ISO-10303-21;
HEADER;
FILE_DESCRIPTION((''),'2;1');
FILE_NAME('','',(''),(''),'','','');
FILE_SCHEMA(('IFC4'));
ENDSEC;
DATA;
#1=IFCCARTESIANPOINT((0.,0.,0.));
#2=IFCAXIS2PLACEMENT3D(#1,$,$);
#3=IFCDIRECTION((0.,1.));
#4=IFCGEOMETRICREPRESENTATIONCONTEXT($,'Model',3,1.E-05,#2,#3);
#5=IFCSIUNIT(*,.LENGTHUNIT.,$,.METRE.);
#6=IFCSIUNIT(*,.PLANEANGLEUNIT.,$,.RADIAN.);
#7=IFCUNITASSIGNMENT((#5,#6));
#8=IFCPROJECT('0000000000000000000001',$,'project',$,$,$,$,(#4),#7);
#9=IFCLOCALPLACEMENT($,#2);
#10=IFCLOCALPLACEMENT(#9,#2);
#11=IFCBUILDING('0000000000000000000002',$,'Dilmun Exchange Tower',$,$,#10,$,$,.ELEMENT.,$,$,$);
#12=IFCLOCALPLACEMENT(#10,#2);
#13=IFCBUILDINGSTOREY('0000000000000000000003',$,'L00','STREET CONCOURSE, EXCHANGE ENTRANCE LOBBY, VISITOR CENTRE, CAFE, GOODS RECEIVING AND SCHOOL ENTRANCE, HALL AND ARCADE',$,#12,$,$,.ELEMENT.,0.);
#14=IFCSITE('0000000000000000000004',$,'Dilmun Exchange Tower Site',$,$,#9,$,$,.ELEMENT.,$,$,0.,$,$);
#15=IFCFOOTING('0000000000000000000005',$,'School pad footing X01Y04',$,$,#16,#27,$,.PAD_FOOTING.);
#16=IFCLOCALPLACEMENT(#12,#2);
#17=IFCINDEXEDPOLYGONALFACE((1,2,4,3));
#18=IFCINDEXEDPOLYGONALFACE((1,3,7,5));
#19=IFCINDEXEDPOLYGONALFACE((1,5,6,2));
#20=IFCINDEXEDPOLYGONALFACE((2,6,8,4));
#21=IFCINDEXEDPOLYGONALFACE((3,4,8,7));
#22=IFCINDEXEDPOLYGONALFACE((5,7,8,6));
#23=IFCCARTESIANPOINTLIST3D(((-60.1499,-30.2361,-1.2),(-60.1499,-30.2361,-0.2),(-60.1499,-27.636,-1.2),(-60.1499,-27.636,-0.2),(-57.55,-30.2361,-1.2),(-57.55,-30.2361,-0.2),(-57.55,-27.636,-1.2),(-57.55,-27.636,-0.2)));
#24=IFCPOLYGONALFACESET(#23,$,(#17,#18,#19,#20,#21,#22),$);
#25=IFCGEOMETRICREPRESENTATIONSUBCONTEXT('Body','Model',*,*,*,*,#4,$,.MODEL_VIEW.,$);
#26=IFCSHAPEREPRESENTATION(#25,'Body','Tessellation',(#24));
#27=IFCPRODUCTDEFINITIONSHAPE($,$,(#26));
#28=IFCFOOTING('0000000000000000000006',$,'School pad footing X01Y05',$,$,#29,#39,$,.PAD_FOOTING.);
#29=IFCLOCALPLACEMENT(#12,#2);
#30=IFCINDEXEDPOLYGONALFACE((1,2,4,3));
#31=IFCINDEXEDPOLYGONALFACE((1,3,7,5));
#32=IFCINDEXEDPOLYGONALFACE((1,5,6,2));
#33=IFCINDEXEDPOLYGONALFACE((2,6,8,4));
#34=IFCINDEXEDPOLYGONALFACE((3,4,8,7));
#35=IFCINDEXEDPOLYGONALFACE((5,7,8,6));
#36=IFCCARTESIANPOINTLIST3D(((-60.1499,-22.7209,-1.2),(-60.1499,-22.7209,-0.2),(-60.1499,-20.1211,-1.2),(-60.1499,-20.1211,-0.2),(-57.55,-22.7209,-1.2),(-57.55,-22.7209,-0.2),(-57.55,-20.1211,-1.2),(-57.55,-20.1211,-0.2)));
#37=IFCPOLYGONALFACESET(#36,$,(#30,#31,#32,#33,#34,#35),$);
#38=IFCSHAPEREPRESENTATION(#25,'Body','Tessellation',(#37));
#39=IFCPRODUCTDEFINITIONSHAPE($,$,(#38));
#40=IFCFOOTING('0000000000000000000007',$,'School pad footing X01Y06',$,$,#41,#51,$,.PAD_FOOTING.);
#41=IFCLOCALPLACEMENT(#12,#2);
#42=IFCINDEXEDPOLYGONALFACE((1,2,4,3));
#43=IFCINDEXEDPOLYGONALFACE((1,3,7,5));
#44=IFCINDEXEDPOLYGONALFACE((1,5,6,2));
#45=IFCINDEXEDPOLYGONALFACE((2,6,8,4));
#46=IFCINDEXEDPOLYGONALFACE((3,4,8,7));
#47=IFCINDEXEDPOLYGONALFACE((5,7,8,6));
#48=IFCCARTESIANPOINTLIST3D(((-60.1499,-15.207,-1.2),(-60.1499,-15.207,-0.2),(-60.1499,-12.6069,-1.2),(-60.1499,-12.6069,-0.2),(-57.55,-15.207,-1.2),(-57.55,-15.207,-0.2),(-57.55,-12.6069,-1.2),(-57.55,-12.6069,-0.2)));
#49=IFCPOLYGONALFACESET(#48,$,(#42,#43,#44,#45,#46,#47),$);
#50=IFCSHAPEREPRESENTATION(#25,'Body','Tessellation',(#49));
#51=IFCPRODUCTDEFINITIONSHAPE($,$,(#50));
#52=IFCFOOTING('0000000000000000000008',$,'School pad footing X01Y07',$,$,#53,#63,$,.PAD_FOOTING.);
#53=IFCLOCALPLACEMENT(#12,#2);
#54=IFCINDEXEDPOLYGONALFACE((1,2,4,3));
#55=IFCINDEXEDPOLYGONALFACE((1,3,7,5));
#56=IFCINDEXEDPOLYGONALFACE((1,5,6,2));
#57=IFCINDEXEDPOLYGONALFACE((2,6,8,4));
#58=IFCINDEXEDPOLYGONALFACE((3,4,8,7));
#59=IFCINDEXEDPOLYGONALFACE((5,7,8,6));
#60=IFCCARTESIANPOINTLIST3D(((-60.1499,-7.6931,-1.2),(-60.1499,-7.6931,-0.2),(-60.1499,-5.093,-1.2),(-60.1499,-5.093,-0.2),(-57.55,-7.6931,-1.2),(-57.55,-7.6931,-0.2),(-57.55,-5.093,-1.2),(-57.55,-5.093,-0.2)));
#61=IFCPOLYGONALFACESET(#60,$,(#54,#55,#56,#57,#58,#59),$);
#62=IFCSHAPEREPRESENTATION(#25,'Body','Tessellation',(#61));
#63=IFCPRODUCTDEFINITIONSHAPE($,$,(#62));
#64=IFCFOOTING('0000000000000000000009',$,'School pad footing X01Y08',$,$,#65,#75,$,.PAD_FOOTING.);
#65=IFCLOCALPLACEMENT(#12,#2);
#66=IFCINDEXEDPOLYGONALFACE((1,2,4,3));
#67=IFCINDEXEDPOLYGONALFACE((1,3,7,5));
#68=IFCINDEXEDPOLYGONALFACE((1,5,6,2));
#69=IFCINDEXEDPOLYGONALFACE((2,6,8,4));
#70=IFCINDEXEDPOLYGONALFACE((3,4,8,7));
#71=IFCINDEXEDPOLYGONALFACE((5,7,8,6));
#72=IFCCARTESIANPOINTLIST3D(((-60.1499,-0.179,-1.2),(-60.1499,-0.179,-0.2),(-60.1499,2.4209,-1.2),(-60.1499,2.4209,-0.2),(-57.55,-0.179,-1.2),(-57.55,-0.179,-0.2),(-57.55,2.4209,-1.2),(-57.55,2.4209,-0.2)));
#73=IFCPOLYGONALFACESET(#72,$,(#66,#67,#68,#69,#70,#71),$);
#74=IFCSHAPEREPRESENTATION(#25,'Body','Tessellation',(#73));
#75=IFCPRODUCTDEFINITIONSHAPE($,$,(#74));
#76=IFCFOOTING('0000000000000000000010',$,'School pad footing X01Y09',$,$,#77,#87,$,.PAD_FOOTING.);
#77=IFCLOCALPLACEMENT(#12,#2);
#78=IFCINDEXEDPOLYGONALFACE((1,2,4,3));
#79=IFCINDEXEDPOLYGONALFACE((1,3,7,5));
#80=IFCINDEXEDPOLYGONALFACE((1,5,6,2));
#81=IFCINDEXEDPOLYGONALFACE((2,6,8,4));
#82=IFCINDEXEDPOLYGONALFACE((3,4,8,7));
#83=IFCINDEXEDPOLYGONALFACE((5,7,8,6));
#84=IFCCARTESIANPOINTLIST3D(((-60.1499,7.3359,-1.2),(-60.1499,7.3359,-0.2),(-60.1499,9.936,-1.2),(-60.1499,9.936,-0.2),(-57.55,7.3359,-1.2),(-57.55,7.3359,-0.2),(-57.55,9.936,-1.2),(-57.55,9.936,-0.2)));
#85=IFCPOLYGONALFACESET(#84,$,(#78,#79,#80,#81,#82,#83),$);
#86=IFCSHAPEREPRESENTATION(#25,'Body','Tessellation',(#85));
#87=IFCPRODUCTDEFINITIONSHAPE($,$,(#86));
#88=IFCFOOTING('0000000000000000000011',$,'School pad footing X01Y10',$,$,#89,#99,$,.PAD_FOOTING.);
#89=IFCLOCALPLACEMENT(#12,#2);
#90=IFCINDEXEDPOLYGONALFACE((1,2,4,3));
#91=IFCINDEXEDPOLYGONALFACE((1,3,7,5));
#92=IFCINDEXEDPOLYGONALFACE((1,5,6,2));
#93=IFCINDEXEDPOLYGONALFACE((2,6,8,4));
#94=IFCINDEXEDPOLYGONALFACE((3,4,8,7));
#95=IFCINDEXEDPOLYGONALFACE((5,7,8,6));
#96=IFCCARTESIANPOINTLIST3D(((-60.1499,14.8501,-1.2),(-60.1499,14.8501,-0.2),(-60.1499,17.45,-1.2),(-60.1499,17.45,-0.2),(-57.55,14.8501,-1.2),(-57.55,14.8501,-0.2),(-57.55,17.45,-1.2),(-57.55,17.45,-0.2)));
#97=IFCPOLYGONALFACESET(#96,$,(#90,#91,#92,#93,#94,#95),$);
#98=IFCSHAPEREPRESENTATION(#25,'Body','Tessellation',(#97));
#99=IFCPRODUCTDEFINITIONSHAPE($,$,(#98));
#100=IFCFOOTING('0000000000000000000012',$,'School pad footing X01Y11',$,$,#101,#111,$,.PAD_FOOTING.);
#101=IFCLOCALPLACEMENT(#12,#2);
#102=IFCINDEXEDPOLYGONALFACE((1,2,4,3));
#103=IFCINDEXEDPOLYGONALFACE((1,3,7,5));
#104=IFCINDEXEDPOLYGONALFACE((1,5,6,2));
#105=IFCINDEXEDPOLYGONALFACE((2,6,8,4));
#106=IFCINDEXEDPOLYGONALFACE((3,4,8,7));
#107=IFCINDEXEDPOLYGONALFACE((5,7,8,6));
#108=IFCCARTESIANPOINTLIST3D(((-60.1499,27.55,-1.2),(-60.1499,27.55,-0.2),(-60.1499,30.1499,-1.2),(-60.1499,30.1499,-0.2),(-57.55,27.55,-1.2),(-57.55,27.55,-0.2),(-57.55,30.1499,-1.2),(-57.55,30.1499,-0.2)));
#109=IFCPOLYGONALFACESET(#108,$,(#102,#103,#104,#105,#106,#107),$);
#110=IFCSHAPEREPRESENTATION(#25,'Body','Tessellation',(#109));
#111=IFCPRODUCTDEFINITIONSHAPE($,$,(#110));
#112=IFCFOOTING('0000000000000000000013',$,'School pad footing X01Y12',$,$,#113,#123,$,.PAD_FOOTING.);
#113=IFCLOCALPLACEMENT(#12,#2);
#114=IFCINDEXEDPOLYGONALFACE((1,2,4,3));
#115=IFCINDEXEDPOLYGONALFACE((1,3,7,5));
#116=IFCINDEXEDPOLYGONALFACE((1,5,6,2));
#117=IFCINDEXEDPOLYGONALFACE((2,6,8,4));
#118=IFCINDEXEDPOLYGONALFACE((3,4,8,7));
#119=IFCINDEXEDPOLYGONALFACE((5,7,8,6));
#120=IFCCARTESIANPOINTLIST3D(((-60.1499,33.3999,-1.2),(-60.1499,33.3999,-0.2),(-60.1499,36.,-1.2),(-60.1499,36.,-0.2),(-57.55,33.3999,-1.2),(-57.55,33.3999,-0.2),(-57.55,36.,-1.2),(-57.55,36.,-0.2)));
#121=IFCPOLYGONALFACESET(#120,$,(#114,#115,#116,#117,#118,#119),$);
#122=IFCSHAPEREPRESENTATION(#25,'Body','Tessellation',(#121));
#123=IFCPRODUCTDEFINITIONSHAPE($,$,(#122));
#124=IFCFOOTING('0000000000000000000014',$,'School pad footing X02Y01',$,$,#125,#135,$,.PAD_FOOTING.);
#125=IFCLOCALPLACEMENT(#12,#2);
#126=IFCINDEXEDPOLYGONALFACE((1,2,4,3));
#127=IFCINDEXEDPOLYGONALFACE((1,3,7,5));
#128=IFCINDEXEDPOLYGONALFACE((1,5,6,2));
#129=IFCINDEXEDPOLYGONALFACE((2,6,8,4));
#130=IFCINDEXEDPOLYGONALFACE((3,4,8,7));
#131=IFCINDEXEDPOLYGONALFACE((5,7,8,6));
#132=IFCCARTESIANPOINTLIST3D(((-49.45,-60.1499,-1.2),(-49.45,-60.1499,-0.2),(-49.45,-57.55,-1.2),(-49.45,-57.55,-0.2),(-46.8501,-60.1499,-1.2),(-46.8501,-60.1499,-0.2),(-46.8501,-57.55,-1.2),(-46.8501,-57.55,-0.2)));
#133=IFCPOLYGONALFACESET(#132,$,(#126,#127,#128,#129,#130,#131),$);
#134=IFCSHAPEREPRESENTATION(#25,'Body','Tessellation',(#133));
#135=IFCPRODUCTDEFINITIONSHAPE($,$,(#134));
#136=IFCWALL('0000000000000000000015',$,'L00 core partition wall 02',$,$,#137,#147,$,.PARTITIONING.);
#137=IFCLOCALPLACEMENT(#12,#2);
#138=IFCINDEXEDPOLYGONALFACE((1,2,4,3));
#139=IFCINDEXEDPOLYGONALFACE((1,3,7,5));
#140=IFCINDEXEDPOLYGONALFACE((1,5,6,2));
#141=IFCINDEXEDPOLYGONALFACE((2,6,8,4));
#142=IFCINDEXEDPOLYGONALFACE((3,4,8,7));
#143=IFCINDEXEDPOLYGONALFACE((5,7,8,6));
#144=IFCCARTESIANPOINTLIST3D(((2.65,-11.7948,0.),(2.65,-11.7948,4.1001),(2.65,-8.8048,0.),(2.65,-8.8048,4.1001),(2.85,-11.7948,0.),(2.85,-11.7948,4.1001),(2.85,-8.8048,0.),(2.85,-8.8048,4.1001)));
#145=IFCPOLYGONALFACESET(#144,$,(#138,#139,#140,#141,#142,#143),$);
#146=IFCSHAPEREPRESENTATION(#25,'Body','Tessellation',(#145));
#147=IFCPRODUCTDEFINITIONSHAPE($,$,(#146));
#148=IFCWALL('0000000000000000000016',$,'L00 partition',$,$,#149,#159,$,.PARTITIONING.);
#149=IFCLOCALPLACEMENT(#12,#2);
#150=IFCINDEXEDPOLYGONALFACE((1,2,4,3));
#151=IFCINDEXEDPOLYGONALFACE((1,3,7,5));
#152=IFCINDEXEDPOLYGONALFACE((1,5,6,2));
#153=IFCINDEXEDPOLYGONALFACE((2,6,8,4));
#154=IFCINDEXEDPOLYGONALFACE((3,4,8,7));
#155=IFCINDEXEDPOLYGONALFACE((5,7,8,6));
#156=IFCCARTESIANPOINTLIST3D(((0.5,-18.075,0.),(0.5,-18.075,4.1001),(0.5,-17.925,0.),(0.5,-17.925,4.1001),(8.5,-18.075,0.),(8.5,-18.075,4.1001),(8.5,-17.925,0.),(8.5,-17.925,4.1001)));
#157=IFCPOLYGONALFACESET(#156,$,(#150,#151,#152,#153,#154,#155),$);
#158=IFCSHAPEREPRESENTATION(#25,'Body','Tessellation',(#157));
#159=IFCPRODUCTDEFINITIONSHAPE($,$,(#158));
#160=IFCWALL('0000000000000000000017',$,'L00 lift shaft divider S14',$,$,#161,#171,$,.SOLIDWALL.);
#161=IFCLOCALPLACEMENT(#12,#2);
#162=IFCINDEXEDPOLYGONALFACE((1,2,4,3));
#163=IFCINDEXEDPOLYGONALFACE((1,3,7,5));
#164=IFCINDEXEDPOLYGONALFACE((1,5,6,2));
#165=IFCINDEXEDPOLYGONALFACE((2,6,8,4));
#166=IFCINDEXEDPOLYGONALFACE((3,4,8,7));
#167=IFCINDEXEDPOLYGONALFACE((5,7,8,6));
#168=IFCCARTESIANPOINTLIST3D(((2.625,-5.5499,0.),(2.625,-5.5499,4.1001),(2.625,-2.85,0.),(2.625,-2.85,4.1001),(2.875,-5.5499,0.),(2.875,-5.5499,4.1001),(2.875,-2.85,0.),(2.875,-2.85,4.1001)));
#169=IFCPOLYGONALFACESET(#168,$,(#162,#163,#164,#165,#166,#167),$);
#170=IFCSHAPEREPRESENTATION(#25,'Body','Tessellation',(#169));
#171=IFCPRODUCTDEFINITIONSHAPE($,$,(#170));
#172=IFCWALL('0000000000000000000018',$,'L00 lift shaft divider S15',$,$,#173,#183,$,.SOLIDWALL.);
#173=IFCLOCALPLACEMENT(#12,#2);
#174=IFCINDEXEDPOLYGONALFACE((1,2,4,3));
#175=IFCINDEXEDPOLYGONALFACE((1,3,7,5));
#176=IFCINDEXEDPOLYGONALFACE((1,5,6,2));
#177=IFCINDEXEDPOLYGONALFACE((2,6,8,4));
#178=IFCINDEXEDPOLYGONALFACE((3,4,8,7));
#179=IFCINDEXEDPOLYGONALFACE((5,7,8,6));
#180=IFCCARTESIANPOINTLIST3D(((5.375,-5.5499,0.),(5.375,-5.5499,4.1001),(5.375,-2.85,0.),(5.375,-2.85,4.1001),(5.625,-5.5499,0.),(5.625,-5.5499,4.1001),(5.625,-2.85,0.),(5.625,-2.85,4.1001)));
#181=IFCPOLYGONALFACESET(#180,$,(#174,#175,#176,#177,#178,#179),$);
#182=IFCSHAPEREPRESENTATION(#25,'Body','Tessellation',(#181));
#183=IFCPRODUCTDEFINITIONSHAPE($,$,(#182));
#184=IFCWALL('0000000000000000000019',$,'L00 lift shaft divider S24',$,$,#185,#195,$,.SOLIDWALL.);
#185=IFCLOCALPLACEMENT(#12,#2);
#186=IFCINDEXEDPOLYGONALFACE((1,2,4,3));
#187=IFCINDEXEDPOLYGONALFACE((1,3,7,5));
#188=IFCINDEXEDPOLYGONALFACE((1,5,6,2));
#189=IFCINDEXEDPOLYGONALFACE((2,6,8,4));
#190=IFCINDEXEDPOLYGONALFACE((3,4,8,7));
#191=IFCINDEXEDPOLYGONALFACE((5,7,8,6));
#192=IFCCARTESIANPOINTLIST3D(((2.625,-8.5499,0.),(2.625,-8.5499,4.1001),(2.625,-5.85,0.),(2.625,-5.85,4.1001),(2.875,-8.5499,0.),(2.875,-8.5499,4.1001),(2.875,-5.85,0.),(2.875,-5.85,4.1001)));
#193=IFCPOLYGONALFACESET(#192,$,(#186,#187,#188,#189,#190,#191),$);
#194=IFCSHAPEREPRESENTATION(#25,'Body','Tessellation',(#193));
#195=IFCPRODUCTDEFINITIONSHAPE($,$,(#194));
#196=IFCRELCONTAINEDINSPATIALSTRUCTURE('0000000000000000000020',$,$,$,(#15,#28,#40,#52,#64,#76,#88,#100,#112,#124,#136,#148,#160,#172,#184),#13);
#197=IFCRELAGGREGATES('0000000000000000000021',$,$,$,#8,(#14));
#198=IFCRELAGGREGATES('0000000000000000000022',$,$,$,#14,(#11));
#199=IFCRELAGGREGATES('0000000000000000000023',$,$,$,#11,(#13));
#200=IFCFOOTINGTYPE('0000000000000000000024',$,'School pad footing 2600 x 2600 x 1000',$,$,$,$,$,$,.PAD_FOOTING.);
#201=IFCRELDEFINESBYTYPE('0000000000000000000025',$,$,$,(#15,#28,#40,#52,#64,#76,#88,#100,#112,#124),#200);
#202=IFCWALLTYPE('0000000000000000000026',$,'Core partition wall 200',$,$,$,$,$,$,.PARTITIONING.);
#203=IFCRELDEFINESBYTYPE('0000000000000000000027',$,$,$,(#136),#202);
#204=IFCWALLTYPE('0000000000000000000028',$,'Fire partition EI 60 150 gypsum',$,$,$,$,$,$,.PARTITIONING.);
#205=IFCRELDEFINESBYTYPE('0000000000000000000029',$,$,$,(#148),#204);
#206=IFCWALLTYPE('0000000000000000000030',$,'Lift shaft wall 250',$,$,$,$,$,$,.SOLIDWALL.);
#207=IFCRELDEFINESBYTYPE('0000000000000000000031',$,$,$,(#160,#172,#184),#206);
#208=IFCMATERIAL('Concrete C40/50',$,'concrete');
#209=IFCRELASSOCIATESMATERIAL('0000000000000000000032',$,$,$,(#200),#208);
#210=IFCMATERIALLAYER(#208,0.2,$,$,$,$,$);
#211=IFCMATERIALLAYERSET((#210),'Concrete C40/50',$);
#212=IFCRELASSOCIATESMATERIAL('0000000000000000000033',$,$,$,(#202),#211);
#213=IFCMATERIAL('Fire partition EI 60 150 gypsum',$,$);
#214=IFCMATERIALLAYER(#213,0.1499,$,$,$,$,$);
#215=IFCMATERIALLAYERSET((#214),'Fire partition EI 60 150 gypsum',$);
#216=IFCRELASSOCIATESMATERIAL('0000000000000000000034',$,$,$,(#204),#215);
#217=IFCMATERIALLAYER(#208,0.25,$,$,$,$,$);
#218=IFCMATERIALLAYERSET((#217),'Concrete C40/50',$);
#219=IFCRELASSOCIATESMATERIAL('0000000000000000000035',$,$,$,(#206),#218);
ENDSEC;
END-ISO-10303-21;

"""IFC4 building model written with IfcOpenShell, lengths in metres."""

from ifc_helpers import new_model, si_unit, direction, frame, frame_2d, origin, place, context, subcontext, project, spatial, polyline, rectangle, outline, extrude, material, layer, layer_set, type_object, element, save


model = new_model("IFC4")

# Units and contexts
model_context = context("Model", 3, precision=1e-05, world=origin(), true_north=direction((0.0, 1.0)))
body_context = subcontext(model_context, "Body", "Model", "MODEL_VIEW")
ifc_project = project(units=[si_unit("LENGTHUNIT", "METRE"), si_unit("PLANEANGLEUNIT", "RADIAN")], contexts=[model_context])

# Site, building, storey
site_placement = place(None, origin())
site = spatial("IfcSite", under=ifc_project, at=site_placement, Name="Dilmun Exchange Tower Site", CompositionType="ELEMENT", RefElevation=0.0)
building_placement = place(site_placement, origin())
building = spatial("IfcBuilding", under=site, at=building_placement, Name="Dilmun Exchange Tower", CompositionType="ELEMENT")
storey_placement = place(building_placement, origin())
storey = spatial("IfcBuildingStorey", under=building, at=storey_placement, Name="L00", Description="STREET CONCOURSE, EXCHANGE ENTRANCE LOBBY, VISITOR CENTRE, CAFE, GOODS RECEIVING AND SCHOOL ENTRANCE, HALL AND ARCADE", CompositionType="ELEMENT", Elevation=0.0)

# Footings
ifc_material_1 = material(Name="Concrete C40/50", Category="concrete")
footing_type = type_object("IfcFootingType", Name="School pad footing 2600 x 2600 x 1000", PredefinedType="PAD_FOOTING", material=ifc_material_1)
footing_1_placement = place(storey_placement, frame((0.0, 0.0, -1.2)))
element("IfcFooting", 1, at=footing_1_placement, inside=storey, type_object=footing_type, Name="School pad footing X01Y04", PredefinedType="PAD_FOOTING", context=body_context, shape_type="SweptSolid", body=[
    extrude(outline(polyline([(-60.1499, -30.2361), (-60.1499, -27.636), (-57.55, -27.636), (-57.55, -30.2361), (-60.1499, -30.2361)])), origin(), (0.0, 0.0, 1.0), 1.0),
])
footing_2_placement = place(storey_placement, frame((0.0, 0.0, -1.2)))
element("IfcFooting", 2, at=footing_2_placement, inside=storey, type_object=footing_type, Name="School pad footing X01Y05", PredefinedType="PAD_FOOTING", context=body_context, shape_type="SweptSolid", body=[
    extrude(outline(polyline([(-60.1499, -22.7209), (-60.1499, -20.1211), (-57.55, -20.1211), (-57.55, -22.7209), (-60.1499, -22.7209)])), origin(), (0.0, 0.0, 1.0), 1.0),
])
footing_3_placement = place(storey_placement, frame((0.0, 0.0, -1.2)))
element("IfcFooting", 3, at=footing_3_placement, inside=storey, type_object=footing_type, Name="School pad footing X01Y06", PredefinedType="PAD_FOOTING", context=body_context, shape_type="SweptSolid", body=[
    extrude(outline(polyline([(-60.1499, -15.207), (-60.1499, -12.6069), (-57.55, -12.6069), (-57.55, -15.207), (-60.1499, -15.207)])), origin(), (0.0, 0.0, 1.0), 1.0),
])
footing_4_placement = place(storey_placement, frame((0.0, 0.0, -1.2)))
element("IfcFooting", 4, at=footing_4_placement, inside=storey, type_object=footing_type, Name="School pad footing X01Y07", PredefinedType="PAD_FOOTING", context=body_context, shape_type="SweptSolid", body=[
    extrude(outline(polyline([(-60.1499, -7.6931), (-60.1499, -5.093), (-57.55, -5.093), (-57.55, -7.6931), (-60.1499, -7.6931)])), origin(), (0.0, 0.0, 1.0), 1.0),
])
footing_5_placement = place(storey_placement, frame((0.0, 0.0, -1.2)))
element("IfcFooting", 5, at=footing_5_placement, inside=storey, type_object=footing_type, Name="School pad footing X01Y08", PredefinedType="PAD_FOOTING", context=body_context, shape_type="SweptSolid", body=[
    extrude(outline(polyline([(-60.1499, -0.179), (-60.1499, 2.4209), (-57.55, 2.4209), (-57.55, -0.179), (-60.1499, -0.179)])), origin(), (0.0, 0.0, 1.0), 1.0),
])
footing_6_placement = place(storey_placement, frame((0.0, 0.0, -1.2)))
element("IfcFooting", 6, at=footing_6_placement, inside=storey, type_object=footing_type, Name="School pad footing X01Y09", PredefinedType="PAD_FOOTING", context=body_context, shape_type="SweptSolid", body=[
    extrude(outline(polyline([(-60.1499, 7.3359), (-60.1499, 9.936), (-57.55, 9.936), (-57.55, 7.3359), (-60.1499, 7.3359)])), origin(), (0.0, 0.0, 1.0), 1.0),
])
footing_7_placement = place(storey_placement, frame((0.0, 0.0, -1.2)))
element("IfcFooting", 7, at=footing_7_placement, inside=storey, type_object=footing_type, Name="School pad footing X01Y10", PredefinedType="PAD_FOOTING", context=body_context, shape_type="SweptSolid", body=[
    extrude(outline(polyline([(-60.1499, 14.8501), (-60.1499, 17.45), (-57.55, 17.45), (-57.55, 14.8501), (-60.1499, 14.8501)])), origin(), (0.0, 0.0, 1.0), 1.0),
])
footing_8_placement = place(storey_placement, frame((0.0, 0.0, -1.2)))
element("IfcFooting", 8, at=footing_8_placement, inside=storey, type_object=footing_type, Name="School pad footing X01Y11", PredefinedType="PAD_FOOTING", context=body_context, shape_type="SweptSolid", body=[
    extrude(outline(polyline([(-60.1499, 27.55), (-60.1499, 30.1499), (-57.55, 30.1499), (-57.55, 27.55), (-60.1499, 27.55)])), origin(), (0.0, 0.0, 1.0), 1.0),
])
footing_9_placement = place(storey_placement, frame((0.0, 0.0, -1.2)))
element("IfcFooting", 9, at=footing_9_placement, inside=storey, type_object=footing_type, Name="School pad footing X01Y12", PredefinedType="PAD_FOOTING", context=body_context, shape_type="SweptSolid", body=[
    extrude(outline(polyline([(-60.1499, 33.3999), (-60.1499, 36.0), (-57.55, 36.0), (-57.55, 33.3999), (-60.1499, 33.3999)])), origin(), (0.0, 0.0, 1.0), 1.0),
])
footing_10_placement = place(storey_placement, frame((0.0, 0.0, -1.2)))
element("IfcFooting", 10, at=footing_10_placement, inside=storey, type_object=footing_type, Name="School pad footing X02Y01", PredefinedType="PAD_FOOTING", context=body_context, shape_type="SweptSolid", body=[
    extrude(outline(polyline([(-49.45, -60.1499), (-49.45, -57.55), (-46.8501, -57.55), (-46.8501, -60.1499), (-49.45, -60.1499)])), origin(), (0.0, 0.0, 1.0), 1.0),
])

# Wall
ifc_layer_1 = layer(ifc_material_1, 0.2)
ifc_layer_set_1 = layer_set([ifc_layer_1], Name="Concrete C40/50")
wall_type_1 = type_object("IfcWallType", Name="Core partition wall 200", PredefinedType="PARTITIONING", material=ifc_layer_set_1)
wall_1_placement = place(storey_placement, frame((2.75, -11.7949, 0.0), z_axis=(0.0, 0.0, 1.0), x_axis=(0.0, 1.0, 0.0)))
element("IfcWall", 11, at=wall_1_placement, inside=storey, type_object=wall_type_1, Name="L00 core partition wall 02", PredefinedType="PARTITIONING", context=body_context, shape_type="SweptSolid", body=[
    extrude(rectangle(XDim=2.99, YDim=0.2, at=frame_2d((1.4951, 0.0))), origin(), (0.0, 0.0, 1.0), 4.1001),
])

# Walls
ifc_material_2 = material(Name="Fire partition EI 60 150 gypsum")
ifc_layer_2 = layer(ifc_material_2, 0.1499)
ifc_layer_set_2 = layer_set([ifc_layer_2], Name="Fire partition EI 60 150 gypsum")
wall_type_2 = type_object("IfcWallType", Name="Fire partition EI 60 150 gypsum", PredefinedType="PARTITIONING", material=ifc_layer_set_2)
wall_2_placement = place(storey_placement, frame((0.5, -18.0, 0.0), z_axis=(0.0, 0.0, 1.0), x_axis=(1.0, 0.0, 0.0)))
element("IfcWall", 12, at=wall_2_placement, inside=storey, type_object=wall_type_2, Name="L00 partition", PredefinedType="PARTITIONING", context=body_context, shape_type="SweptSolid", body=[
    extrude(rectangle(XDim=8.0, YDim=0.1499, at=frame_2d((4.0, 0.0))), origin(), (0.0, 0.0, 1.0), 4.1001),
])
ifc_layer_3 = layer(ifc_material_1, 0.25)
ifc_layer_set_3 = layer_set([ifc_layer_3], Name="Concrete C40/50")
wall_type_3 = type_object("IfcWallType", Name="Lift shaft wall 250", PredefinedType="SOLIDWALL", material=ifc_layer_set_3)
for number, where, z_axis, x_axis, name in (
    (13, (2.75, -5.55, 0.0), (0.0, 0.0, 1.0), (0.0, 1.0, 0.0), "L00 lift shaft divider S14"),
    (14, (5.5, -5.55, 0.0), (0.0, 0.0, 1.0), (0.0, 1.0, 0.0), "L00 lift shaft divider S15"),
    (15, (2.75, -8.55, 0.0), (0.0, 0.0, 1.0), (0.0, 1.0, 0.0), "L00 lift shaft divider S24"),
):
    element("IfcWall", number, at=place(storey_placement, frame(where, z_axis=z_axis, x_axis=x_axis)), inside=storey, type_object=wall_type_3, Name=name, PredefinedType="SOLIDWALL", context=body_context, shape_type="SweptSolid", body=[
        extrude(rectangle(XDim=2.7, YDim=0.25, at=frame_2d((1.3501, 0.0))), origin(), (0.0, 0.0, 1.0), 4.1001),
    ])

save(model, "model.ifc")
